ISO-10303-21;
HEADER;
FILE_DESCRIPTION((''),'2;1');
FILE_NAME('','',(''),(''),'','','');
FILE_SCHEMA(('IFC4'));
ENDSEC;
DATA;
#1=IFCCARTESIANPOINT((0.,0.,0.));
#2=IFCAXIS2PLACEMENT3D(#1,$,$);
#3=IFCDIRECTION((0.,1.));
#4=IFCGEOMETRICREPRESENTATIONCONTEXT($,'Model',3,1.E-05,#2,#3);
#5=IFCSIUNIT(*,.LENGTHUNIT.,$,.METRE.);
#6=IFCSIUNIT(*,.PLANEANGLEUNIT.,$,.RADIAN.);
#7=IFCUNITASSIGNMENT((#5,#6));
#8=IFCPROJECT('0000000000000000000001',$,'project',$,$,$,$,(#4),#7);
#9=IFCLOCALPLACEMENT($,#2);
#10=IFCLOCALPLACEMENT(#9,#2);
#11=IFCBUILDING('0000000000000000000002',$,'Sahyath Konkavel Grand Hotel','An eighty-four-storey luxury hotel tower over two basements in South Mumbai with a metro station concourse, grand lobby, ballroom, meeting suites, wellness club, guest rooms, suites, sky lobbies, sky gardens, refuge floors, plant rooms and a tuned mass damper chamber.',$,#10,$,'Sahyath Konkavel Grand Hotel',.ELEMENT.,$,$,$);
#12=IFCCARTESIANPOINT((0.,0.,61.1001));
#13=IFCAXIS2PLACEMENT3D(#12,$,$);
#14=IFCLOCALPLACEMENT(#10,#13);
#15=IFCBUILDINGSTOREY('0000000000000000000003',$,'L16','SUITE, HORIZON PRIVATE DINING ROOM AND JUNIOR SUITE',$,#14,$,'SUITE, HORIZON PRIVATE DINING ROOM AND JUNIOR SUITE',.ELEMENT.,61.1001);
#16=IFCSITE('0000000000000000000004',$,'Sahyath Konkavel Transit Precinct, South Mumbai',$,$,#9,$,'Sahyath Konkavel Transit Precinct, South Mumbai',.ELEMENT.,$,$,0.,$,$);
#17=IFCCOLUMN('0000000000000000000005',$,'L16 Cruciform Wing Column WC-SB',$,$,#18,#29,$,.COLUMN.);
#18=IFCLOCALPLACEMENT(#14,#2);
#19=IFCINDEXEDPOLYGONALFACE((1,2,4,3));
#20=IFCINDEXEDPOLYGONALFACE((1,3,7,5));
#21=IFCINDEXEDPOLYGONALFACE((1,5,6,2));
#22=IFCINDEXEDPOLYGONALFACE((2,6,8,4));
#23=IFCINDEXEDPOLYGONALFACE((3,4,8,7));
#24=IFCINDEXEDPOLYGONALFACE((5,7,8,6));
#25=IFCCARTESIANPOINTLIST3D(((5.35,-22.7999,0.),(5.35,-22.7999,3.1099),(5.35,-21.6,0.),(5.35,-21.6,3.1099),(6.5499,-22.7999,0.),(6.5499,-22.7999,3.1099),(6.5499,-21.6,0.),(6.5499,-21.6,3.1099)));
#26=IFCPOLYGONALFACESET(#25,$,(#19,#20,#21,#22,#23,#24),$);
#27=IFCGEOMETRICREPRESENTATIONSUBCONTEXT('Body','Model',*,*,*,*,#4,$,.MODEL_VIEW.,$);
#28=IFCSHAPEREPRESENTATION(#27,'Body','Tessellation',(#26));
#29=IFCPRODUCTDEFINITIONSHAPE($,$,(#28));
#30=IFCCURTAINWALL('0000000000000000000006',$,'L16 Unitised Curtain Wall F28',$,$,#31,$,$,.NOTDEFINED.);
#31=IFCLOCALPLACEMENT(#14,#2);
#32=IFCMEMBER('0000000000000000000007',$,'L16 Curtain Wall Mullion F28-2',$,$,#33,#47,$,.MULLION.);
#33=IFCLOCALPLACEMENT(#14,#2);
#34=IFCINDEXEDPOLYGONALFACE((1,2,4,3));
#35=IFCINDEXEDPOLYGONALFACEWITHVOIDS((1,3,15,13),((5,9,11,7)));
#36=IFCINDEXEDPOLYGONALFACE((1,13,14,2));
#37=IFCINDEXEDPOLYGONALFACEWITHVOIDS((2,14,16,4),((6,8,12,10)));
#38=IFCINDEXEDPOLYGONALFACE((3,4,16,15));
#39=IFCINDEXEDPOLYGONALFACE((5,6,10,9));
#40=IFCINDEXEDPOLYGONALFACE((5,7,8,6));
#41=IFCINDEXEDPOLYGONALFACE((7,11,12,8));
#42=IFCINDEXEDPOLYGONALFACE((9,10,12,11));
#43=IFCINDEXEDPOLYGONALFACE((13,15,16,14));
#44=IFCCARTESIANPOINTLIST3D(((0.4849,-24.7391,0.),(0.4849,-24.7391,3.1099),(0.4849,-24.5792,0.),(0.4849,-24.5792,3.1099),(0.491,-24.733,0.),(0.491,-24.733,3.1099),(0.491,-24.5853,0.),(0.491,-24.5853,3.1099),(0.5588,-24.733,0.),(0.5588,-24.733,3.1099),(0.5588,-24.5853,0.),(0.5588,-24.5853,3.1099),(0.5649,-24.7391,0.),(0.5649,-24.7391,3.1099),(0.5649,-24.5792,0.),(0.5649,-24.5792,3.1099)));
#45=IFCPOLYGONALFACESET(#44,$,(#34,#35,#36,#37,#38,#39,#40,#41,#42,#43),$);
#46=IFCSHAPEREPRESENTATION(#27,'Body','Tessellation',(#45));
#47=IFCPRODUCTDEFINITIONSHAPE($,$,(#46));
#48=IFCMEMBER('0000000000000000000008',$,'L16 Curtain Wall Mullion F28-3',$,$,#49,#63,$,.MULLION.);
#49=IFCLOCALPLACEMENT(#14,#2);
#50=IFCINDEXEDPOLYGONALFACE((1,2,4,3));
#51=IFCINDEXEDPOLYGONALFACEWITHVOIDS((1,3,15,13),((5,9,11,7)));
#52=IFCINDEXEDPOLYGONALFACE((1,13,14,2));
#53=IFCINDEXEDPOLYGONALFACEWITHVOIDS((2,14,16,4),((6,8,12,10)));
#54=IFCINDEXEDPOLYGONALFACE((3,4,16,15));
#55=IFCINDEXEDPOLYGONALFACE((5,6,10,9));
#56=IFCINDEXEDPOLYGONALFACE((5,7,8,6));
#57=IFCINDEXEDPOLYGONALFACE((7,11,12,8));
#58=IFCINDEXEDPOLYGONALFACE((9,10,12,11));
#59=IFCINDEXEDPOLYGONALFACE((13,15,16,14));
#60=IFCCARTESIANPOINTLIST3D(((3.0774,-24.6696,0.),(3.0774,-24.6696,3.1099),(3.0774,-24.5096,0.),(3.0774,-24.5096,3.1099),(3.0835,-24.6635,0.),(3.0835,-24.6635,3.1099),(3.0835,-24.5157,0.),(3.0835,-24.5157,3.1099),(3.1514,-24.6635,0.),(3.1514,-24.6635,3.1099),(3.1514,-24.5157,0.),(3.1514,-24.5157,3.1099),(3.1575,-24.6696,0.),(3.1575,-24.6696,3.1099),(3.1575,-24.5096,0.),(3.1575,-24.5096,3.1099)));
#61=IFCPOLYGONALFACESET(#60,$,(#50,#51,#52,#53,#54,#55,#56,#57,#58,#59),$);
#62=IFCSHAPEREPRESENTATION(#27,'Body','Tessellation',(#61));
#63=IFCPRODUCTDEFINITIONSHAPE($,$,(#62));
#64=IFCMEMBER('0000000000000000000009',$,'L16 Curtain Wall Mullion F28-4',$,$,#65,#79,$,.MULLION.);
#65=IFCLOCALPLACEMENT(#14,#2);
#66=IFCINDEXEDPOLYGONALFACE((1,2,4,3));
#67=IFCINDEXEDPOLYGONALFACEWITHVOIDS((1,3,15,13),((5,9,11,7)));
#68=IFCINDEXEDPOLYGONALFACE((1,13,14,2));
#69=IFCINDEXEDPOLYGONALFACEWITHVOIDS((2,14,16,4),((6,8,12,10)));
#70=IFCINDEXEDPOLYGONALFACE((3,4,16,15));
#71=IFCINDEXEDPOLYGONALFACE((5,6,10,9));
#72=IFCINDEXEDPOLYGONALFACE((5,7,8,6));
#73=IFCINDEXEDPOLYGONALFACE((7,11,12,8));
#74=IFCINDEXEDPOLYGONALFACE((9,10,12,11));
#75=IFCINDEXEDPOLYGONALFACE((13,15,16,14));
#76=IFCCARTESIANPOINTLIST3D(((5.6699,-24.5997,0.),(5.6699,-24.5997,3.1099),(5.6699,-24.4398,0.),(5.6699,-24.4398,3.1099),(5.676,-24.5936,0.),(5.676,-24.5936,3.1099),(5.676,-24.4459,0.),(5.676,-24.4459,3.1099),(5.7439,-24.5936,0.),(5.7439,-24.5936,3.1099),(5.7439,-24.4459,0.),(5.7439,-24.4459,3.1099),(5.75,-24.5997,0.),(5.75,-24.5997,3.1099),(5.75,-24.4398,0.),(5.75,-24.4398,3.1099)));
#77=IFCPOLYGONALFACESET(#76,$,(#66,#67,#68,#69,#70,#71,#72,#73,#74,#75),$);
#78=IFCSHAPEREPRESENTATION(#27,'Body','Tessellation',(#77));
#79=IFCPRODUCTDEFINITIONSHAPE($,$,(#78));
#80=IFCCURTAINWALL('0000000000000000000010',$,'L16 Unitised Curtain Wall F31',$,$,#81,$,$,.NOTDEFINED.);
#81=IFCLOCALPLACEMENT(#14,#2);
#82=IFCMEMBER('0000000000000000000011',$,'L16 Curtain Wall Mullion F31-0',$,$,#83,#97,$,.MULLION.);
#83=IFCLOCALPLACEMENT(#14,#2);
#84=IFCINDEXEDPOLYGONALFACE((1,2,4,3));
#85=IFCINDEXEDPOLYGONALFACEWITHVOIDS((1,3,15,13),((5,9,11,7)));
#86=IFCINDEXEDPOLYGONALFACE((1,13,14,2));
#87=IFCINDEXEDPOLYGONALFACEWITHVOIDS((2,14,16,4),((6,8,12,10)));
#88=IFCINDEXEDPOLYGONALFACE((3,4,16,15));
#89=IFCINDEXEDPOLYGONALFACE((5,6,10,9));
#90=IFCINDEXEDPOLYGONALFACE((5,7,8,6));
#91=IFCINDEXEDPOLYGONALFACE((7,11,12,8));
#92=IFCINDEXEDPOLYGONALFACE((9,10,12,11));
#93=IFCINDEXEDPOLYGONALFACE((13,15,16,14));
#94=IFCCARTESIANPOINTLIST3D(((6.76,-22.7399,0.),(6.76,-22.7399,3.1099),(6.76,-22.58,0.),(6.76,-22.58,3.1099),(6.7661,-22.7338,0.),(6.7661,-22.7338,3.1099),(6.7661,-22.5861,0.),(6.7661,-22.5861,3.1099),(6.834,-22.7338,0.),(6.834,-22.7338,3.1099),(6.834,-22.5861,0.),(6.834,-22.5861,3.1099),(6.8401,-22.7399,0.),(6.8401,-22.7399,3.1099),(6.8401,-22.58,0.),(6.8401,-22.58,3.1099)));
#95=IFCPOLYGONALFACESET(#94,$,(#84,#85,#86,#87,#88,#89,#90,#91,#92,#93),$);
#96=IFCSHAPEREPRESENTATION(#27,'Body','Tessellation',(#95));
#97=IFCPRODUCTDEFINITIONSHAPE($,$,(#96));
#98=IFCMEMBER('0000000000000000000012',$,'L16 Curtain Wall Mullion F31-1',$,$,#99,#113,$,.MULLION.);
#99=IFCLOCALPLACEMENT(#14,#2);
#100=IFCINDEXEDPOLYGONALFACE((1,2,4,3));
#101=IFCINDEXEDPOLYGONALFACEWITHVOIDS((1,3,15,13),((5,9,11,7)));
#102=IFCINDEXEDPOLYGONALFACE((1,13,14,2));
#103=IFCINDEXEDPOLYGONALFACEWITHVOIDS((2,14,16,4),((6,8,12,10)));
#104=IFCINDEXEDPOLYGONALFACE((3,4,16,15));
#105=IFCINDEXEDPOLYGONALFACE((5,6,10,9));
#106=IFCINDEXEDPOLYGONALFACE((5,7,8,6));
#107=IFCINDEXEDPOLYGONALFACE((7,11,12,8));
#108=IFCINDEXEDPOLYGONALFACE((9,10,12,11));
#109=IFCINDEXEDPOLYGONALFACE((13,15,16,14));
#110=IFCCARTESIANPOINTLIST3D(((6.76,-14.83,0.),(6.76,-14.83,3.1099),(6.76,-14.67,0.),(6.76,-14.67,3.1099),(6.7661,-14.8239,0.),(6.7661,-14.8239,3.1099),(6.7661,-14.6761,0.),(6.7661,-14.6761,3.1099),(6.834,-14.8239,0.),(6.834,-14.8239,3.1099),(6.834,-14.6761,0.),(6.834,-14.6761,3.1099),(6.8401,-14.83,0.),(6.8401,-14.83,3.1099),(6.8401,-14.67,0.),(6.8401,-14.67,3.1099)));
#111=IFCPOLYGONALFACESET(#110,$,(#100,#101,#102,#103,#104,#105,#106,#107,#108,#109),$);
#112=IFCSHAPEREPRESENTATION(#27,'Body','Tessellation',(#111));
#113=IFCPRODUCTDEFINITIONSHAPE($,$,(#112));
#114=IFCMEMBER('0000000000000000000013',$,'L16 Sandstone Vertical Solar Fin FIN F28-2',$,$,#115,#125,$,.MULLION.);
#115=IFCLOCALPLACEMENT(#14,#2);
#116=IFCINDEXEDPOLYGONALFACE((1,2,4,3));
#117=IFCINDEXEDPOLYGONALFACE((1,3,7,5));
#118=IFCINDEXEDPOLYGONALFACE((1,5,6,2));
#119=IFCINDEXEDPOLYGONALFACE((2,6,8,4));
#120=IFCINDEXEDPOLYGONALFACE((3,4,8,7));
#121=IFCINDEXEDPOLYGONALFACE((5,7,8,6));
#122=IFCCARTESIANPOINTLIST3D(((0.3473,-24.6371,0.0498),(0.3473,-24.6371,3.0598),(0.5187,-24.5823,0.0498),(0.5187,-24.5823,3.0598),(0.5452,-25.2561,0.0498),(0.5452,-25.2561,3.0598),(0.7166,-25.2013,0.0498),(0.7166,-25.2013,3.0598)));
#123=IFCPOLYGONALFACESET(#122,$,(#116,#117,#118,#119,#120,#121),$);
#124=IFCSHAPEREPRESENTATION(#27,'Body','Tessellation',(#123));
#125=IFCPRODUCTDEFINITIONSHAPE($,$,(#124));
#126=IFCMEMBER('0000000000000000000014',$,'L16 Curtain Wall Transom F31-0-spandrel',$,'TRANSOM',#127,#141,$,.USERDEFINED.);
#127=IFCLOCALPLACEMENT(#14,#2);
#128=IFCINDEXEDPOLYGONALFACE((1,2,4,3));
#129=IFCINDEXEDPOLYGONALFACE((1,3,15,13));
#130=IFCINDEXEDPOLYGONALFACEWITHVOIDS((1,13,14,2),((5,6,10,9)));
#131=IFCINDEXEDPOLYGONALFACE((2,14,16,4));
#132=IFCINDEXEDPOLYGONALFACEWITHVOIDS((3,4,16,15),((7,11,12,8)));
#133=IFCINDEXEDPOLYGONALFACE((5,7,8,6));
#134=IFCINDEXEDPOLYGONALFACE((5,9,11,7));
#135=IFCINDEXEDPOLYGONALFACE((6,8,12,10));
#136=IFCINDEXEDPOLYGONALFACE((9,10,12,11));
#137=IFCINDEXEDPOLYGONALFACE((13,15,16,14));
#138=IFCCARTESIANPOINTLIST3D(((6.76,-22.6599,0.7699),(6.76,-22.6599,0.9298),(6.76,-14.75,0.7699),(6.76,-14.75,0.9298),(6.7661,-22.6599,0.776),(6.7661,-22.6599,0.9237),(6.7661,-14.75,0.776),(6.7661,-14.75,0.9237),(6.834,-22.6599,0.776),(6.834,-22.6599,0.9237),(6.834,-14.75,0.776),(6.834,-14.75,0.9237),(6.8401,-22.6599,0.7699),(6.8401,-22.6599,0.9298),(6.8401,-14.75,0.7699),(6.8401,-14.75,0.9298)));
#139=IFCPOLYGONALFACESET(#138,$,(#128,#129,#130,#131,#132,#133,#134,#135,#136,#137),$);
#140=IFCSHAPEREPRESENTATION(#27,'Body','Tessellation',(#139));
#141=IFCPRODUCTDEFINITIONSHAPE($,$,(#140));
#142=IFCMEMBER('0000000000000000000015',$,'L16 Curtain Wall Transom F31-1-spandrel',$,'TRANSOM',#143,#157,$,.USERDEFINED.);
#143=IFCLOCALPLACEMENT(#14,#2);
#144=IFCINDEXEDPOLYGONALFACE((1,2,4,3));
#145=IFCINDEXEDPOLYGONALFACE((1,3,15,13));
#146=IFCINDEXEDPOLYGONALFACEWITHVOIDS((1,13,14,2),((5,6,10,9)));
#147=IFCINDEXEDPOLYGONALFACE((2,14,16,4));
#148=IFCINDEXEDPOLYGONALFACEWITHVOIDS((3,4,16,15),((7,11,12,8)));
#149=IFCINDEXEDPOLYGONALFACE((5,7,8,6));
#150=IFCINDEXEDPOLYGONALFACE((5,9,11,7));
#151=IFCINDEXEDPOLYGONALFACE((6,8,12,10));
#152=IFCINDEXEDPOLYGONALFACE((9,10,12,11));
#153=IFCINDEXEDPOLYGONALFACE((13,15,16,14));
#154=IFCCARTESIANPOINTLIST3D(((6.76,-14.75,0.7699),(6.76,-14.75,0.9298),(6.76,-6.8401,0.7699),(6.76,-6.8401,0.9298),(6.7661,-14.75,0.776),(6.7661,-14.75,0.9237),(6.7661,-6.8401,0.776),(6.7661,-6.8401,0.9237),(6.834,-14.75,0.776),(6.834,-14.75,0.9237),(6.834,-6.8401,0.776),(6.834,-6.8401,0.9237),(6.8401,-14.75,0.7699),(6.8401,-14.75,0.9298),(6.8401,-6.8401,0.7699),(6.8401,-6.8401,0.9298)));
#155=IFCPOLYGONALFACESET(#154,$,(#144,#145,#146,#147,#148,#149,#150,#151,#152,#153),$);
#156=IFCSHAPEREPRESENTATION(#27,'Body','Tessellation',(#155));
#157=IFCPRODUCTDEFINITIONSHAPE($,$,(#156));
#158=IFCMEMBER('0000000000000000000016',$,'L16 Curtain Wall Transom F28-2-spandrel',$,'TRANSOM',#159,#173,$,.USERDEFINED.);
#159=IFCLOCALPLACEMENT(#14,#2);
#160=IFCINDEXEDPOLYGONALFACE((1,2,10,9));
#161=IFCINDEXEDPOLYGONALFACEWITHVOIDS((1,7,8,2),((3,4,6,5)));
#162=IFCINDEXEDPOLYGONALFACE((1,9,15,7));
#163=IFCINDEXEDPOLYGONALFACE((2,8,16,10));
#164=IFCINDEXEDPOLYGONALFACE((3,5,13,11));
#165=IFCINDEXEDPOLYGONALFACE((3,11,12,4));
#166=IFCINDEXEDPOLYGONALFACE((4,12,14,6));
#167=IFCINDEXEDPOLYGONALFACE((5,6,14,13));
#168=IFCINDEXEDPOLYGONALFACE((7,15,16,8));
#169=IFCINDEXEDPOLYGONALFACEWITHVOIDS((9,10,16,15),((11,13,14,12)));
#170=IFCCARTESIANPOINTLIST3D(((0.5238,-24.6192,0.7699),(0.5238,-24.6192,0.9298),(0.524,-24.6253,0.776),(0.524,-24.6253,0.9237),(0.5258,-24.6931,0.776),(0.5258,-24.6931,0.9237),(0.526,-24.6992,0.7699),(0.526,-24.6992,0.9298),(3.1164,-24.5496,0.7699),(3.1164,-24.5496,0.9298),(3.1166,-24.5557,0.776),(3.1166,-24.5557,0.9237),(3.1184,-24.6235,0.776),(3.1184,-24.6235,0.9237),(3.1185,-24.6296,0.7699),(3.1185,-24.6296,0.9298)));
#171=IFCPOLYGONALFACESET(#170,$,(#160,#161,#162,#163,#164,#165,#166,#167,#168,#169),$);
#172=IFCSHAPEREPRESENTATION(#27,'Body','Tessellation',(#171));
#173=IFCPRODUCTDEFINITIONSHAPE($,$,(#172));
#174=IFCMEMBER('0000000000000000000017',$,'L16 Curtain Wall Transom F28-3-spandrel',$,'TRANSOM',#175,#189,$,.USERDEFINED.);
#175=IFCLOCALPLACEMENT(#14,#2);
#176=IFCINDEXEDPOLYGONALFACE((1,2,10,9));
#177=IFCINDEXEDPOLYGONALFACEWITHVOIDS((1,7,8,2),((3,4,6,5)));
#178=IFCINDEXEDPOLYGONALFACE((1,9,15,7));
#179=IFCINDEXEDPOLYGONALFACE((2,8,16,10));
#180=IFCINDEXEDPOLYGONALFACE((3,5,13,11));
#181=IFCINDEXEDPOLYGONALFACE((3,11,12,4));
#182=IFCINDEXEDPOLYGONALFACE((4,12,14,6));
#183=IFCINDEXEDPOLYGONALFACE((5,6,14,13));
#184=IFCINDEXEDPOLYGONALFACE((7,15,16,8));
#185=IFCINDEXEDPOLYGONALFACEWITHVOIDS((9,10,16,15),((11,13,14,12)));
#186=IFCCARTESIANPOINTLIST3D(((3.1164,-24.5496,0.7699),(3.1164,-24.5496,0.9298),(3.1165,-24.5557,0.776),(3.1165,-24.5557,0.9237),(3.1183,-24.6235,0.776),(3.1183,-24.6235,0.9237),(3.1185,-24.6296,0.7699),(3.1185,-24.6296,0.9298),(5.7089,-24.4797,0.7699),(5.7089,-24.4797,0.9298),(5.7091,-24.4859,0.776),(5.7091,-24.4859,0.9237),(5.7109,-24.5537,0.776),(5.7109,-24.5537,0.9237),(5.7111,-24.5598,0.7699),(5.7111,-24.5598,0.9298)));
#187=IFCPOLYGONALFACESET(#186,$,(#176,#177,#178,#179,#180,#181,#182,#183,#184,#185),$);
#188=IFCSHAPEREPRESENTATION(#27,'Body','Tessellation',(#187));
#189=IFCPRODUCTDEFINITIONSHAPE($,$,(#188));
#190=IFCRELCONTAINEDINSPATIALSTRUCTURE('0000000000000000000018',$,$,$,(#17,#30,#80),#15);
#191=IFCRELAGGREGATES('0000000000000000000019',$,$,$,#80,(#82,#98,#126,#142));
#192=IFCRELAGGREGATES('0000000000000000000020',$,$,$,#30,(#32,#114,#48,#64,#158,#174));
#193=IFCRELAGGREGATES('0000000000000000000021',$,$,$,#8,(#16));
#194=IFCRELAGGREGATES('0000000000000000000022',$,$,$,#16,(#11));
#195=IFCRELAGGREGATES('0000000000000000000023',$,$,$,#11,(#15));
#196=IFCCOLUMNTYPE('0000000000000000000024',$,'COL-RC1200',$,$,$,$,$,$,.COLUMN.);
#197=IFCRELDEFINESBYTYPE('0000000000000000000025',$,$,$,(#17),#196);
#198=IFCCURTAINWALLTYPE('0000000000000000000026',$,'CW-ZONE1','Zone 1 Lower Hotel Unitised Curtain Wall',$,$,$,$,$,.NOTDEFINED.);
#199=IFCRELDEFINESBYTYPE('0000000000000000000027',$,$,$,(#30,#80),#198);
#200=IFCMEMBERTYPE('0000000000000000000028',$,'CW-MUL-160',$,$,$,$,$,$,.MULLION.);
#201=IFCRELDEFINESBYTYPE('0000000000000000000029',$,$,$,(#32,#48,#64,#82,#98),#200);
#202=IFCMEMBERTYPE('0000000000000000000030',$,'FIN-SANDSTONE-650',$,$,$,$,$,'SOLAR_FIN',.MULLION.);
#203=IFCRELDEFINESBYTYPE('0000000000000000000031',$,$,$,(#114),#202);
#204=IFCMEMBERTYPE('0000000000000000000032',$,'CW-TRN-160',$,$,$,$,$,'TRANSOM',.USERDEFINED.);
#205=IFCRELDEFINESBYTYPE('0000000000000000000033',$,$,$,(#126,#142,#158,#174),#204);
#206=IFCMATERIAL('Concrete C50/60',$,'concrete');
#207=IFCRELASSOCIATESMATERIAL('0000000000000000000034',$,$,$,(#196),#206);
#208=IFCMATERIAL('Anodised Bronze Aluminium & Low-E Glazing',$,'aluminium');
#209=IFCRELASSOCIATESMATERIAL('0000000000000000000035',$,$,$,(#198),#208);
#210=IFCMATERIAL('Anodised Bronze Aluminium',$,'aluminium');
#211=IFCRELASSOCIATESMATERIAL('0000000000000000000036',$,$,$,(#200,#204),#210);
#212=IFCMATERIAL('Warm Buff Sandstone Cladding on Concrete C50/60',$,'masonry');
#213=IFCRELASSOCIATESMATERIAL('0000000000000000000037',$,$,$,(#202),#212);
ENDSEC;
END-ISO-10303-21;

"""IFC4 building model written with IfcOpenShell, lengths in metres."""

from ifc_helpers import new_model, si_unit, direction, frame, origin, origin_2d, place, context, subcontext, project, spatial, rectangle, hollow_rectangle, extrude, source, transform, mapped, material, material_profile, profile_set, type_object, element, aggregate, save


model = new_model("IFC4")

# Units and contexts
model_context = context("Model", 3, precision=1e-05, world=origin(), true_north=direction((0.0, 1.0)))
body_context = subcontext(model_context, "Body", "Model", "MODEL_VIEW")
ifc_project = project(units=[si_unit("LENGTHUNIT", "METRE"), si_unit("PLANEANGLEUNIT", "RADIAN")], contexts=[model_context])

# Site, building, storey
site_placement = place(None, origin())
site = spatial("IfcSite", under=ifc_project, at=site_placement, Name="Sahyath Konkavel Transit Precinct, South Mumbai", LongName="Sahyath Konkavel Transit Precinct, South Mumbai", CompositionType="ELEMENT", RefElevation=0.0)
building_placement = place(site_placement, origin())
building = spatial("IfcBuilding", under=site, at=building_placement, Name="Sahyath Konkavel Grand Hotel", Description="An eighty-four-storey luxury hotel tower over two basements in South Mumbai with a metro station concourse, grand lobby, ballroom, meeting suites, wellness club, guest rooms, suites, sky lobbies, sky gardens, refuge floors, plant rooms and a tuned mass damper chamber.", LongName="Sahyath Konkavel Grand Hotel", CompositionType="ELEMENT")
storey_placement = place(building_placement, frame((0.0, 0.0, 61.1001)))
storey = spatial("IfcBuildingStorey", under=building, at=storey_placement, Name="L16", Description="SUITE, HORIZON PRIVATE DINING ROOM AND JUNIOR SUITE", LongName="SUITE, HORIZON PRIVATE DINING ROOM AND JUNIOR SUITE", CompositionType="ELEMENT", Elevation=61.1001)

# Column
ifc_material_1 = material(Name="Concrete C50/60", Category="concrete")
ifc_material_profile_1 = material_profile(ifc_material_1, rectangle(XDim=1.2, YDim=1.2, at=origin_2d()), Name="RC 1200x1200")
ifc_profile_set_1 = profile_set([ifc_material_profile_1], Name="Concrete C50/60")
column_type = type_object("IfcColumnType", Name="COL-RC1200", PredefinedType="COLUMN", material=ifc_profile_set_1)
shared_shape_1 = source(origin(), body_context, "Body", "SweptSolid", [
    extrude(rectangle(XDim=1.2, YDim=1.2, at=origin_2d()), origin(), (0.0, 0.0, 1.0), 3.1099),
])
column_placement = place(storey_placement, frame((5.95, -22.2, 0.0), z_axis=(0.0, 0.0, 1.0), x_axis=(1.0, 0.0, 0.0)))
element("IfcColumn", 1, at=column_placement, inside=storey, type_object=column_type, Name="L16 Cruciform Wing Column WC-SB", PredefinedType="COLUMN", context=body_context, shape_type="MappedRepresentation", body=[
    mapped(shared_shape_1, transform((0.0, 0.0, 0.0), scale=1.0)),
])

# Curtain walls, members
ifc_material_2 = material(Name="Anodised Bronze Aluminium & Low-E Glazing", Category="aluminium")
curtain_wall_type = type_object("IfcCurtainWallType", Name="CW-ZONE1", Description="Zone 1 Lower Hotel Unitised Curtain Wall", PredefinedType="NOTDEFINED", material=ifc_material_2)
curtain_wall_1_placement = place(storey_placement, origin())
curtain_wall_1 = element("IfcCurtainWall", 2, at=curtain_wall_1_placement, inside=storey, type_object=curtain_wall_type, Name="L16 Unitised Curtain Wall F28", PredefinedType="NOTDEFINED")
ifc_material_3 = material(Name="Anodised Bronze Aluminium", Category="aluminium")
ifc_material_profile_2 = material_profile(ifc_material_3, hollow_rectangle(XDim=0.0801, YDim=0.1599, WallThickness=0.0061, at=origin_2d()), Name="RHS 160x80x6")
ifc_profile_set_2 = profile_set([ifc_material_profile_2], Name="Anodised Bronze Aluminium")
member_type_1 = type_object("IfcMemberType", Name="CW-MUL-160", PredefinedType="MULLION", material=ifc_profile_set_2)
shared_shape_2 = source(origin(), body_context, "Body", "SweptSolid", [
    extrude(hollow_rectangle(XDim=0.0801, YDim=0.1599, WallThickness=0.0061, at=origin_2d()), origin(), (0.0, 0.0, 1.0), 3.1099),
])
member_1_placement = place(storey_placement, frame((0.5249, -24.6592, 0.0), z_axis=(0.0, 0.0, 1.0), x_axis=(1.0, 0.0, 0.0)))
member_1 = element("IfcMember", 3, at=member_1_placement, type_object=member_type_1, Name="L16 Curtain Wall Mullion F28-2", PredefinedType="MULLION", context=body_context, shape_type="MappedRepresentation", body=[
    mapped(shared_shape_2, transform((0.0, 0.0, 0.0), scale=1.0)),
])
member_2_placement = place(storey_placement, frame((3.1174, -24.5896, 0.0), z_axis=(0.0, 0.0, 1.0), x_axis=(1.0, 0.0, 0.0)))
member_2 = element("IfcMember", 4, at=member_2_placement, type_object=member_type_1, Name="L16 Curtain Wall Mullion F28-3", PredefinedType="MULLION", context=body_context, shape_type="MappedRepresentation", body=[
    mapped(shared_shape_2, transform((0.0, 0.0, 0.0), scale=1.0)),
])
member_3_placement = place(storey_placement, frame((5.71, -24.5198, 0.0), z_axis=(0.0, 0.0, 1.0), x_axis=(1.0, 0.0, 0.0)))
member_3 = element("IfcMember", 5, at=member_3_placement, type_object=member_type_1, Name="L16 Curtain Wall Mullion F28-4", PredefinedType="MULLION", context=body_context, shape_type="MappedRepresentation", body=[
    mapped(shared_shape_2, transform((0.0, 0.0, 0.0), scale=1.0)),
])
curtain_wall_2_placement = place(storey_placement, origin())
curtain_wall_2 = element("IfcCurtainWall", 6, at=curtain_wall_2_placement, inside=storey, type_object=curtain_wall_type, Name="L16 Unitised Curtain Wall F31", PredefinedType="NOTDEFINED")
member_4_placement = place(storey_placement, frame((6.8, -22.6599, 0.0), z_axis=(0.0, 0.0, 1.0), x_axis=(1.0, 0.0, 0.0)))
member_4 = element("IfcMember", 7, at=member_4_placement, type_object=member_type_1, Name="L16 Curtain Wall Mullion F31-0", PredefinedType="MULLION", context=body_context, shape_type="MappedRepresentation", body=[
    mapped(shared_shape_2, transform((0.0, 0.0, 0.0), scale=1.0)),
])
member_5_placement = place(storey_placement, frame((6.8, -14.75, 0.0), z_axis=(0.0, 0.0, 1.0), x_axis=(1.0, 0.0, 0.0)))
member_5 = element("IfcMember", 8, at=member_5_placement, type_object=member_type_1, Name="L16 Curtain Wall Mullion F31-1", PredefinedType="MULLION", context=body_context, shape_type="MappedRepresentation", body=[
    mapped(shared_shape_2, transform((0.0, 0.0, 0.0), scale=1.0)),
])

# Members
ifc_material_4 = material(Name="Warm Buff Sandstone Cladding on Concrete C50/60", Category="masonry")
ifc_material_profile_3 = material_profile(ifc_material_4, rectangle(XDim=0.1799, YDim=0.6499, at=origin_2d()), Name="FIN 180x650")
ifc_profile_set_3 = profile_set([ifc_material_profile_3], Name="Warm Buff Sandstone Cladding on Concrete C50/60")
member_type_2 = type_object("IfcMemberType", Name="FIN-SANDSTONE-650", ElementType="SOLAR_FIN", PredefinedType="MULLION", material=ifc_profile_set_3)
shared_shape_3 = source(origin(), body_context, "Body", "SweptSolid", [
    extrude(rectangle(XDim=0.1799, YDim=0.6499, at=origin_2d()), origin(), (0.0, 0.0, 1.0), 3.01),
])
member_6_placement = place(storey_placement, frame((0.532, -24.9192, 0.0498), z_axis=(0.0, 0.0, 1.0), x_axis=(0.952502, 0.304532, 0.0)))
member_6 = element("IfcMember", 9, at=member_6_placement, type_object=member_type_2, Name="L16 Sandstone Vertical Solar Fin FIN F28-2", PredefinedType="MULLION", context=body_context, shape_type="MappedRepresentation", body=[
    mapped(shared_shape_3, transform((0.0, 0.0, 0.0), scale=1.0)),
])
ifc_material_profile_4 = material_profile(ifc_material_3, hollow_rectangle(XDim=0.0801, YDim=0.1599, WallThickness=0.0061, at=origin_2d()), Name="RHS 160x80x6")
ifc_profile_set_4 = profile_set([ifc_material_profile_4], Name="Anodised Bronze Aluminium")
member_type_3 = type_object("IfcMemberType", Name="CW-TRN-160", ElementType="TRANSOM", PredefinedType="USERDEFINED", material=ifc_profile_set_4)
shared_shape_4 = source(origin(), body_context, "Body", "SweptSolid", [
    extrude(hollow_rectangle(XDim=0.0801, YDim=0.1599, WallThickness=0.0061, at=origin_2d()), origin(), (0.0, 0.0, 1.0), 7.9099),
])
member_7_placement = place(storey_placement, frame((6.8, -22.6599, 0.8499), z_axis=(0.0, 1.0, 0.0), x_axis=(-1.0, 0.0, 0.0)))
member_7 = element("IfcMember", 10, at=member_7_placement, type_object=member_type_3, Name="L16 Curtain Wall Transom F31-0-spandrel", ObjectType="TRANSOM", PredefinedType="USERDEFINED", context=body_context, shape_type="MappedRepresentation", body=[
    mapped(shared_shape_4, transform((0.0, 0.0, 0.0), scale=1.0)),
])
member_8_placement = place(storey_placement, frame((6.8, -14.75, 0.8499), z_axis=(0.0, 1.0, 0.0), x_axis=(-1.0, 0.0, 0.0)))
member_8 = element("IfcMember", 11, at=member_8_placement, type_object=member_type_3, Name="L16 Curtain Wall Transom F31-1-spandrel", ObjectType="TRANSOM", PredefinedType="USERDEFINED", context=body_context, shape_type="MappedRepresentation", body=[
    mapped(shared_shape_4, transform((0.0, 0.0, 0.0), scale=1.0)),
])
shared_shape_5 = source(origin(), body_context, "Body", "SweptSolid", [
    extrude(hollow_rectangle(XDim=0.0801, YDim=0.1599, WallThickness=0.0061, at=origin_2d()), origin(), (0.0, 0.0, 1.0), 2.5935),
])
member_9_placement = place(storey_placement, frame((0.5249, -24.6592, 0.8499), z_axis=(0.99964, 0.026829, 0.0), x_axis=(-0.026829, 0.99964, 0.0)))
member_9 = element("IfcMember", 12, at=member_9_placement, type_object=member_type_3, Name="L16 Curtain Wall Transom F28-2-spandrel", ObjectType="TRANSOM", PredefinedType="USERDEFINED", context=body_context, shape_type="MappedRepresentation", body=[
    mapped(shared_shape_5, transform((0.0, 0.0, 0.0), scale=1.0)),
])
member_10_placement = place(storey_placement, frame((3.1174, -24.5896, 0.8499), z_axis=(0.999638, 0.026923, 0.0), x_axis=(-0.026923, 0.999638, 0.0)))
member_10 = element("IfcMember", 13, at=member_10_placement, type_object=member_type_3, Name="L16 Curtain Wall Transom F28-3-spandrel", ObjectType="TRANSOM", PredefinedType="USERDEFINED", context=body_context, shape_type="MappedRepresentation", body=[
    mapped(shared_shape_5, transform((0.0, 0.0, 0.0), scale=1.0)),
])

aggregate(curtain_wall_2, [member_4, member_5, member_7, member_8])
aggregate(curtain_wall_1, [member_1, member_6, member_2, member_3, member_9, member_10])

save(model, "model.ifc")
